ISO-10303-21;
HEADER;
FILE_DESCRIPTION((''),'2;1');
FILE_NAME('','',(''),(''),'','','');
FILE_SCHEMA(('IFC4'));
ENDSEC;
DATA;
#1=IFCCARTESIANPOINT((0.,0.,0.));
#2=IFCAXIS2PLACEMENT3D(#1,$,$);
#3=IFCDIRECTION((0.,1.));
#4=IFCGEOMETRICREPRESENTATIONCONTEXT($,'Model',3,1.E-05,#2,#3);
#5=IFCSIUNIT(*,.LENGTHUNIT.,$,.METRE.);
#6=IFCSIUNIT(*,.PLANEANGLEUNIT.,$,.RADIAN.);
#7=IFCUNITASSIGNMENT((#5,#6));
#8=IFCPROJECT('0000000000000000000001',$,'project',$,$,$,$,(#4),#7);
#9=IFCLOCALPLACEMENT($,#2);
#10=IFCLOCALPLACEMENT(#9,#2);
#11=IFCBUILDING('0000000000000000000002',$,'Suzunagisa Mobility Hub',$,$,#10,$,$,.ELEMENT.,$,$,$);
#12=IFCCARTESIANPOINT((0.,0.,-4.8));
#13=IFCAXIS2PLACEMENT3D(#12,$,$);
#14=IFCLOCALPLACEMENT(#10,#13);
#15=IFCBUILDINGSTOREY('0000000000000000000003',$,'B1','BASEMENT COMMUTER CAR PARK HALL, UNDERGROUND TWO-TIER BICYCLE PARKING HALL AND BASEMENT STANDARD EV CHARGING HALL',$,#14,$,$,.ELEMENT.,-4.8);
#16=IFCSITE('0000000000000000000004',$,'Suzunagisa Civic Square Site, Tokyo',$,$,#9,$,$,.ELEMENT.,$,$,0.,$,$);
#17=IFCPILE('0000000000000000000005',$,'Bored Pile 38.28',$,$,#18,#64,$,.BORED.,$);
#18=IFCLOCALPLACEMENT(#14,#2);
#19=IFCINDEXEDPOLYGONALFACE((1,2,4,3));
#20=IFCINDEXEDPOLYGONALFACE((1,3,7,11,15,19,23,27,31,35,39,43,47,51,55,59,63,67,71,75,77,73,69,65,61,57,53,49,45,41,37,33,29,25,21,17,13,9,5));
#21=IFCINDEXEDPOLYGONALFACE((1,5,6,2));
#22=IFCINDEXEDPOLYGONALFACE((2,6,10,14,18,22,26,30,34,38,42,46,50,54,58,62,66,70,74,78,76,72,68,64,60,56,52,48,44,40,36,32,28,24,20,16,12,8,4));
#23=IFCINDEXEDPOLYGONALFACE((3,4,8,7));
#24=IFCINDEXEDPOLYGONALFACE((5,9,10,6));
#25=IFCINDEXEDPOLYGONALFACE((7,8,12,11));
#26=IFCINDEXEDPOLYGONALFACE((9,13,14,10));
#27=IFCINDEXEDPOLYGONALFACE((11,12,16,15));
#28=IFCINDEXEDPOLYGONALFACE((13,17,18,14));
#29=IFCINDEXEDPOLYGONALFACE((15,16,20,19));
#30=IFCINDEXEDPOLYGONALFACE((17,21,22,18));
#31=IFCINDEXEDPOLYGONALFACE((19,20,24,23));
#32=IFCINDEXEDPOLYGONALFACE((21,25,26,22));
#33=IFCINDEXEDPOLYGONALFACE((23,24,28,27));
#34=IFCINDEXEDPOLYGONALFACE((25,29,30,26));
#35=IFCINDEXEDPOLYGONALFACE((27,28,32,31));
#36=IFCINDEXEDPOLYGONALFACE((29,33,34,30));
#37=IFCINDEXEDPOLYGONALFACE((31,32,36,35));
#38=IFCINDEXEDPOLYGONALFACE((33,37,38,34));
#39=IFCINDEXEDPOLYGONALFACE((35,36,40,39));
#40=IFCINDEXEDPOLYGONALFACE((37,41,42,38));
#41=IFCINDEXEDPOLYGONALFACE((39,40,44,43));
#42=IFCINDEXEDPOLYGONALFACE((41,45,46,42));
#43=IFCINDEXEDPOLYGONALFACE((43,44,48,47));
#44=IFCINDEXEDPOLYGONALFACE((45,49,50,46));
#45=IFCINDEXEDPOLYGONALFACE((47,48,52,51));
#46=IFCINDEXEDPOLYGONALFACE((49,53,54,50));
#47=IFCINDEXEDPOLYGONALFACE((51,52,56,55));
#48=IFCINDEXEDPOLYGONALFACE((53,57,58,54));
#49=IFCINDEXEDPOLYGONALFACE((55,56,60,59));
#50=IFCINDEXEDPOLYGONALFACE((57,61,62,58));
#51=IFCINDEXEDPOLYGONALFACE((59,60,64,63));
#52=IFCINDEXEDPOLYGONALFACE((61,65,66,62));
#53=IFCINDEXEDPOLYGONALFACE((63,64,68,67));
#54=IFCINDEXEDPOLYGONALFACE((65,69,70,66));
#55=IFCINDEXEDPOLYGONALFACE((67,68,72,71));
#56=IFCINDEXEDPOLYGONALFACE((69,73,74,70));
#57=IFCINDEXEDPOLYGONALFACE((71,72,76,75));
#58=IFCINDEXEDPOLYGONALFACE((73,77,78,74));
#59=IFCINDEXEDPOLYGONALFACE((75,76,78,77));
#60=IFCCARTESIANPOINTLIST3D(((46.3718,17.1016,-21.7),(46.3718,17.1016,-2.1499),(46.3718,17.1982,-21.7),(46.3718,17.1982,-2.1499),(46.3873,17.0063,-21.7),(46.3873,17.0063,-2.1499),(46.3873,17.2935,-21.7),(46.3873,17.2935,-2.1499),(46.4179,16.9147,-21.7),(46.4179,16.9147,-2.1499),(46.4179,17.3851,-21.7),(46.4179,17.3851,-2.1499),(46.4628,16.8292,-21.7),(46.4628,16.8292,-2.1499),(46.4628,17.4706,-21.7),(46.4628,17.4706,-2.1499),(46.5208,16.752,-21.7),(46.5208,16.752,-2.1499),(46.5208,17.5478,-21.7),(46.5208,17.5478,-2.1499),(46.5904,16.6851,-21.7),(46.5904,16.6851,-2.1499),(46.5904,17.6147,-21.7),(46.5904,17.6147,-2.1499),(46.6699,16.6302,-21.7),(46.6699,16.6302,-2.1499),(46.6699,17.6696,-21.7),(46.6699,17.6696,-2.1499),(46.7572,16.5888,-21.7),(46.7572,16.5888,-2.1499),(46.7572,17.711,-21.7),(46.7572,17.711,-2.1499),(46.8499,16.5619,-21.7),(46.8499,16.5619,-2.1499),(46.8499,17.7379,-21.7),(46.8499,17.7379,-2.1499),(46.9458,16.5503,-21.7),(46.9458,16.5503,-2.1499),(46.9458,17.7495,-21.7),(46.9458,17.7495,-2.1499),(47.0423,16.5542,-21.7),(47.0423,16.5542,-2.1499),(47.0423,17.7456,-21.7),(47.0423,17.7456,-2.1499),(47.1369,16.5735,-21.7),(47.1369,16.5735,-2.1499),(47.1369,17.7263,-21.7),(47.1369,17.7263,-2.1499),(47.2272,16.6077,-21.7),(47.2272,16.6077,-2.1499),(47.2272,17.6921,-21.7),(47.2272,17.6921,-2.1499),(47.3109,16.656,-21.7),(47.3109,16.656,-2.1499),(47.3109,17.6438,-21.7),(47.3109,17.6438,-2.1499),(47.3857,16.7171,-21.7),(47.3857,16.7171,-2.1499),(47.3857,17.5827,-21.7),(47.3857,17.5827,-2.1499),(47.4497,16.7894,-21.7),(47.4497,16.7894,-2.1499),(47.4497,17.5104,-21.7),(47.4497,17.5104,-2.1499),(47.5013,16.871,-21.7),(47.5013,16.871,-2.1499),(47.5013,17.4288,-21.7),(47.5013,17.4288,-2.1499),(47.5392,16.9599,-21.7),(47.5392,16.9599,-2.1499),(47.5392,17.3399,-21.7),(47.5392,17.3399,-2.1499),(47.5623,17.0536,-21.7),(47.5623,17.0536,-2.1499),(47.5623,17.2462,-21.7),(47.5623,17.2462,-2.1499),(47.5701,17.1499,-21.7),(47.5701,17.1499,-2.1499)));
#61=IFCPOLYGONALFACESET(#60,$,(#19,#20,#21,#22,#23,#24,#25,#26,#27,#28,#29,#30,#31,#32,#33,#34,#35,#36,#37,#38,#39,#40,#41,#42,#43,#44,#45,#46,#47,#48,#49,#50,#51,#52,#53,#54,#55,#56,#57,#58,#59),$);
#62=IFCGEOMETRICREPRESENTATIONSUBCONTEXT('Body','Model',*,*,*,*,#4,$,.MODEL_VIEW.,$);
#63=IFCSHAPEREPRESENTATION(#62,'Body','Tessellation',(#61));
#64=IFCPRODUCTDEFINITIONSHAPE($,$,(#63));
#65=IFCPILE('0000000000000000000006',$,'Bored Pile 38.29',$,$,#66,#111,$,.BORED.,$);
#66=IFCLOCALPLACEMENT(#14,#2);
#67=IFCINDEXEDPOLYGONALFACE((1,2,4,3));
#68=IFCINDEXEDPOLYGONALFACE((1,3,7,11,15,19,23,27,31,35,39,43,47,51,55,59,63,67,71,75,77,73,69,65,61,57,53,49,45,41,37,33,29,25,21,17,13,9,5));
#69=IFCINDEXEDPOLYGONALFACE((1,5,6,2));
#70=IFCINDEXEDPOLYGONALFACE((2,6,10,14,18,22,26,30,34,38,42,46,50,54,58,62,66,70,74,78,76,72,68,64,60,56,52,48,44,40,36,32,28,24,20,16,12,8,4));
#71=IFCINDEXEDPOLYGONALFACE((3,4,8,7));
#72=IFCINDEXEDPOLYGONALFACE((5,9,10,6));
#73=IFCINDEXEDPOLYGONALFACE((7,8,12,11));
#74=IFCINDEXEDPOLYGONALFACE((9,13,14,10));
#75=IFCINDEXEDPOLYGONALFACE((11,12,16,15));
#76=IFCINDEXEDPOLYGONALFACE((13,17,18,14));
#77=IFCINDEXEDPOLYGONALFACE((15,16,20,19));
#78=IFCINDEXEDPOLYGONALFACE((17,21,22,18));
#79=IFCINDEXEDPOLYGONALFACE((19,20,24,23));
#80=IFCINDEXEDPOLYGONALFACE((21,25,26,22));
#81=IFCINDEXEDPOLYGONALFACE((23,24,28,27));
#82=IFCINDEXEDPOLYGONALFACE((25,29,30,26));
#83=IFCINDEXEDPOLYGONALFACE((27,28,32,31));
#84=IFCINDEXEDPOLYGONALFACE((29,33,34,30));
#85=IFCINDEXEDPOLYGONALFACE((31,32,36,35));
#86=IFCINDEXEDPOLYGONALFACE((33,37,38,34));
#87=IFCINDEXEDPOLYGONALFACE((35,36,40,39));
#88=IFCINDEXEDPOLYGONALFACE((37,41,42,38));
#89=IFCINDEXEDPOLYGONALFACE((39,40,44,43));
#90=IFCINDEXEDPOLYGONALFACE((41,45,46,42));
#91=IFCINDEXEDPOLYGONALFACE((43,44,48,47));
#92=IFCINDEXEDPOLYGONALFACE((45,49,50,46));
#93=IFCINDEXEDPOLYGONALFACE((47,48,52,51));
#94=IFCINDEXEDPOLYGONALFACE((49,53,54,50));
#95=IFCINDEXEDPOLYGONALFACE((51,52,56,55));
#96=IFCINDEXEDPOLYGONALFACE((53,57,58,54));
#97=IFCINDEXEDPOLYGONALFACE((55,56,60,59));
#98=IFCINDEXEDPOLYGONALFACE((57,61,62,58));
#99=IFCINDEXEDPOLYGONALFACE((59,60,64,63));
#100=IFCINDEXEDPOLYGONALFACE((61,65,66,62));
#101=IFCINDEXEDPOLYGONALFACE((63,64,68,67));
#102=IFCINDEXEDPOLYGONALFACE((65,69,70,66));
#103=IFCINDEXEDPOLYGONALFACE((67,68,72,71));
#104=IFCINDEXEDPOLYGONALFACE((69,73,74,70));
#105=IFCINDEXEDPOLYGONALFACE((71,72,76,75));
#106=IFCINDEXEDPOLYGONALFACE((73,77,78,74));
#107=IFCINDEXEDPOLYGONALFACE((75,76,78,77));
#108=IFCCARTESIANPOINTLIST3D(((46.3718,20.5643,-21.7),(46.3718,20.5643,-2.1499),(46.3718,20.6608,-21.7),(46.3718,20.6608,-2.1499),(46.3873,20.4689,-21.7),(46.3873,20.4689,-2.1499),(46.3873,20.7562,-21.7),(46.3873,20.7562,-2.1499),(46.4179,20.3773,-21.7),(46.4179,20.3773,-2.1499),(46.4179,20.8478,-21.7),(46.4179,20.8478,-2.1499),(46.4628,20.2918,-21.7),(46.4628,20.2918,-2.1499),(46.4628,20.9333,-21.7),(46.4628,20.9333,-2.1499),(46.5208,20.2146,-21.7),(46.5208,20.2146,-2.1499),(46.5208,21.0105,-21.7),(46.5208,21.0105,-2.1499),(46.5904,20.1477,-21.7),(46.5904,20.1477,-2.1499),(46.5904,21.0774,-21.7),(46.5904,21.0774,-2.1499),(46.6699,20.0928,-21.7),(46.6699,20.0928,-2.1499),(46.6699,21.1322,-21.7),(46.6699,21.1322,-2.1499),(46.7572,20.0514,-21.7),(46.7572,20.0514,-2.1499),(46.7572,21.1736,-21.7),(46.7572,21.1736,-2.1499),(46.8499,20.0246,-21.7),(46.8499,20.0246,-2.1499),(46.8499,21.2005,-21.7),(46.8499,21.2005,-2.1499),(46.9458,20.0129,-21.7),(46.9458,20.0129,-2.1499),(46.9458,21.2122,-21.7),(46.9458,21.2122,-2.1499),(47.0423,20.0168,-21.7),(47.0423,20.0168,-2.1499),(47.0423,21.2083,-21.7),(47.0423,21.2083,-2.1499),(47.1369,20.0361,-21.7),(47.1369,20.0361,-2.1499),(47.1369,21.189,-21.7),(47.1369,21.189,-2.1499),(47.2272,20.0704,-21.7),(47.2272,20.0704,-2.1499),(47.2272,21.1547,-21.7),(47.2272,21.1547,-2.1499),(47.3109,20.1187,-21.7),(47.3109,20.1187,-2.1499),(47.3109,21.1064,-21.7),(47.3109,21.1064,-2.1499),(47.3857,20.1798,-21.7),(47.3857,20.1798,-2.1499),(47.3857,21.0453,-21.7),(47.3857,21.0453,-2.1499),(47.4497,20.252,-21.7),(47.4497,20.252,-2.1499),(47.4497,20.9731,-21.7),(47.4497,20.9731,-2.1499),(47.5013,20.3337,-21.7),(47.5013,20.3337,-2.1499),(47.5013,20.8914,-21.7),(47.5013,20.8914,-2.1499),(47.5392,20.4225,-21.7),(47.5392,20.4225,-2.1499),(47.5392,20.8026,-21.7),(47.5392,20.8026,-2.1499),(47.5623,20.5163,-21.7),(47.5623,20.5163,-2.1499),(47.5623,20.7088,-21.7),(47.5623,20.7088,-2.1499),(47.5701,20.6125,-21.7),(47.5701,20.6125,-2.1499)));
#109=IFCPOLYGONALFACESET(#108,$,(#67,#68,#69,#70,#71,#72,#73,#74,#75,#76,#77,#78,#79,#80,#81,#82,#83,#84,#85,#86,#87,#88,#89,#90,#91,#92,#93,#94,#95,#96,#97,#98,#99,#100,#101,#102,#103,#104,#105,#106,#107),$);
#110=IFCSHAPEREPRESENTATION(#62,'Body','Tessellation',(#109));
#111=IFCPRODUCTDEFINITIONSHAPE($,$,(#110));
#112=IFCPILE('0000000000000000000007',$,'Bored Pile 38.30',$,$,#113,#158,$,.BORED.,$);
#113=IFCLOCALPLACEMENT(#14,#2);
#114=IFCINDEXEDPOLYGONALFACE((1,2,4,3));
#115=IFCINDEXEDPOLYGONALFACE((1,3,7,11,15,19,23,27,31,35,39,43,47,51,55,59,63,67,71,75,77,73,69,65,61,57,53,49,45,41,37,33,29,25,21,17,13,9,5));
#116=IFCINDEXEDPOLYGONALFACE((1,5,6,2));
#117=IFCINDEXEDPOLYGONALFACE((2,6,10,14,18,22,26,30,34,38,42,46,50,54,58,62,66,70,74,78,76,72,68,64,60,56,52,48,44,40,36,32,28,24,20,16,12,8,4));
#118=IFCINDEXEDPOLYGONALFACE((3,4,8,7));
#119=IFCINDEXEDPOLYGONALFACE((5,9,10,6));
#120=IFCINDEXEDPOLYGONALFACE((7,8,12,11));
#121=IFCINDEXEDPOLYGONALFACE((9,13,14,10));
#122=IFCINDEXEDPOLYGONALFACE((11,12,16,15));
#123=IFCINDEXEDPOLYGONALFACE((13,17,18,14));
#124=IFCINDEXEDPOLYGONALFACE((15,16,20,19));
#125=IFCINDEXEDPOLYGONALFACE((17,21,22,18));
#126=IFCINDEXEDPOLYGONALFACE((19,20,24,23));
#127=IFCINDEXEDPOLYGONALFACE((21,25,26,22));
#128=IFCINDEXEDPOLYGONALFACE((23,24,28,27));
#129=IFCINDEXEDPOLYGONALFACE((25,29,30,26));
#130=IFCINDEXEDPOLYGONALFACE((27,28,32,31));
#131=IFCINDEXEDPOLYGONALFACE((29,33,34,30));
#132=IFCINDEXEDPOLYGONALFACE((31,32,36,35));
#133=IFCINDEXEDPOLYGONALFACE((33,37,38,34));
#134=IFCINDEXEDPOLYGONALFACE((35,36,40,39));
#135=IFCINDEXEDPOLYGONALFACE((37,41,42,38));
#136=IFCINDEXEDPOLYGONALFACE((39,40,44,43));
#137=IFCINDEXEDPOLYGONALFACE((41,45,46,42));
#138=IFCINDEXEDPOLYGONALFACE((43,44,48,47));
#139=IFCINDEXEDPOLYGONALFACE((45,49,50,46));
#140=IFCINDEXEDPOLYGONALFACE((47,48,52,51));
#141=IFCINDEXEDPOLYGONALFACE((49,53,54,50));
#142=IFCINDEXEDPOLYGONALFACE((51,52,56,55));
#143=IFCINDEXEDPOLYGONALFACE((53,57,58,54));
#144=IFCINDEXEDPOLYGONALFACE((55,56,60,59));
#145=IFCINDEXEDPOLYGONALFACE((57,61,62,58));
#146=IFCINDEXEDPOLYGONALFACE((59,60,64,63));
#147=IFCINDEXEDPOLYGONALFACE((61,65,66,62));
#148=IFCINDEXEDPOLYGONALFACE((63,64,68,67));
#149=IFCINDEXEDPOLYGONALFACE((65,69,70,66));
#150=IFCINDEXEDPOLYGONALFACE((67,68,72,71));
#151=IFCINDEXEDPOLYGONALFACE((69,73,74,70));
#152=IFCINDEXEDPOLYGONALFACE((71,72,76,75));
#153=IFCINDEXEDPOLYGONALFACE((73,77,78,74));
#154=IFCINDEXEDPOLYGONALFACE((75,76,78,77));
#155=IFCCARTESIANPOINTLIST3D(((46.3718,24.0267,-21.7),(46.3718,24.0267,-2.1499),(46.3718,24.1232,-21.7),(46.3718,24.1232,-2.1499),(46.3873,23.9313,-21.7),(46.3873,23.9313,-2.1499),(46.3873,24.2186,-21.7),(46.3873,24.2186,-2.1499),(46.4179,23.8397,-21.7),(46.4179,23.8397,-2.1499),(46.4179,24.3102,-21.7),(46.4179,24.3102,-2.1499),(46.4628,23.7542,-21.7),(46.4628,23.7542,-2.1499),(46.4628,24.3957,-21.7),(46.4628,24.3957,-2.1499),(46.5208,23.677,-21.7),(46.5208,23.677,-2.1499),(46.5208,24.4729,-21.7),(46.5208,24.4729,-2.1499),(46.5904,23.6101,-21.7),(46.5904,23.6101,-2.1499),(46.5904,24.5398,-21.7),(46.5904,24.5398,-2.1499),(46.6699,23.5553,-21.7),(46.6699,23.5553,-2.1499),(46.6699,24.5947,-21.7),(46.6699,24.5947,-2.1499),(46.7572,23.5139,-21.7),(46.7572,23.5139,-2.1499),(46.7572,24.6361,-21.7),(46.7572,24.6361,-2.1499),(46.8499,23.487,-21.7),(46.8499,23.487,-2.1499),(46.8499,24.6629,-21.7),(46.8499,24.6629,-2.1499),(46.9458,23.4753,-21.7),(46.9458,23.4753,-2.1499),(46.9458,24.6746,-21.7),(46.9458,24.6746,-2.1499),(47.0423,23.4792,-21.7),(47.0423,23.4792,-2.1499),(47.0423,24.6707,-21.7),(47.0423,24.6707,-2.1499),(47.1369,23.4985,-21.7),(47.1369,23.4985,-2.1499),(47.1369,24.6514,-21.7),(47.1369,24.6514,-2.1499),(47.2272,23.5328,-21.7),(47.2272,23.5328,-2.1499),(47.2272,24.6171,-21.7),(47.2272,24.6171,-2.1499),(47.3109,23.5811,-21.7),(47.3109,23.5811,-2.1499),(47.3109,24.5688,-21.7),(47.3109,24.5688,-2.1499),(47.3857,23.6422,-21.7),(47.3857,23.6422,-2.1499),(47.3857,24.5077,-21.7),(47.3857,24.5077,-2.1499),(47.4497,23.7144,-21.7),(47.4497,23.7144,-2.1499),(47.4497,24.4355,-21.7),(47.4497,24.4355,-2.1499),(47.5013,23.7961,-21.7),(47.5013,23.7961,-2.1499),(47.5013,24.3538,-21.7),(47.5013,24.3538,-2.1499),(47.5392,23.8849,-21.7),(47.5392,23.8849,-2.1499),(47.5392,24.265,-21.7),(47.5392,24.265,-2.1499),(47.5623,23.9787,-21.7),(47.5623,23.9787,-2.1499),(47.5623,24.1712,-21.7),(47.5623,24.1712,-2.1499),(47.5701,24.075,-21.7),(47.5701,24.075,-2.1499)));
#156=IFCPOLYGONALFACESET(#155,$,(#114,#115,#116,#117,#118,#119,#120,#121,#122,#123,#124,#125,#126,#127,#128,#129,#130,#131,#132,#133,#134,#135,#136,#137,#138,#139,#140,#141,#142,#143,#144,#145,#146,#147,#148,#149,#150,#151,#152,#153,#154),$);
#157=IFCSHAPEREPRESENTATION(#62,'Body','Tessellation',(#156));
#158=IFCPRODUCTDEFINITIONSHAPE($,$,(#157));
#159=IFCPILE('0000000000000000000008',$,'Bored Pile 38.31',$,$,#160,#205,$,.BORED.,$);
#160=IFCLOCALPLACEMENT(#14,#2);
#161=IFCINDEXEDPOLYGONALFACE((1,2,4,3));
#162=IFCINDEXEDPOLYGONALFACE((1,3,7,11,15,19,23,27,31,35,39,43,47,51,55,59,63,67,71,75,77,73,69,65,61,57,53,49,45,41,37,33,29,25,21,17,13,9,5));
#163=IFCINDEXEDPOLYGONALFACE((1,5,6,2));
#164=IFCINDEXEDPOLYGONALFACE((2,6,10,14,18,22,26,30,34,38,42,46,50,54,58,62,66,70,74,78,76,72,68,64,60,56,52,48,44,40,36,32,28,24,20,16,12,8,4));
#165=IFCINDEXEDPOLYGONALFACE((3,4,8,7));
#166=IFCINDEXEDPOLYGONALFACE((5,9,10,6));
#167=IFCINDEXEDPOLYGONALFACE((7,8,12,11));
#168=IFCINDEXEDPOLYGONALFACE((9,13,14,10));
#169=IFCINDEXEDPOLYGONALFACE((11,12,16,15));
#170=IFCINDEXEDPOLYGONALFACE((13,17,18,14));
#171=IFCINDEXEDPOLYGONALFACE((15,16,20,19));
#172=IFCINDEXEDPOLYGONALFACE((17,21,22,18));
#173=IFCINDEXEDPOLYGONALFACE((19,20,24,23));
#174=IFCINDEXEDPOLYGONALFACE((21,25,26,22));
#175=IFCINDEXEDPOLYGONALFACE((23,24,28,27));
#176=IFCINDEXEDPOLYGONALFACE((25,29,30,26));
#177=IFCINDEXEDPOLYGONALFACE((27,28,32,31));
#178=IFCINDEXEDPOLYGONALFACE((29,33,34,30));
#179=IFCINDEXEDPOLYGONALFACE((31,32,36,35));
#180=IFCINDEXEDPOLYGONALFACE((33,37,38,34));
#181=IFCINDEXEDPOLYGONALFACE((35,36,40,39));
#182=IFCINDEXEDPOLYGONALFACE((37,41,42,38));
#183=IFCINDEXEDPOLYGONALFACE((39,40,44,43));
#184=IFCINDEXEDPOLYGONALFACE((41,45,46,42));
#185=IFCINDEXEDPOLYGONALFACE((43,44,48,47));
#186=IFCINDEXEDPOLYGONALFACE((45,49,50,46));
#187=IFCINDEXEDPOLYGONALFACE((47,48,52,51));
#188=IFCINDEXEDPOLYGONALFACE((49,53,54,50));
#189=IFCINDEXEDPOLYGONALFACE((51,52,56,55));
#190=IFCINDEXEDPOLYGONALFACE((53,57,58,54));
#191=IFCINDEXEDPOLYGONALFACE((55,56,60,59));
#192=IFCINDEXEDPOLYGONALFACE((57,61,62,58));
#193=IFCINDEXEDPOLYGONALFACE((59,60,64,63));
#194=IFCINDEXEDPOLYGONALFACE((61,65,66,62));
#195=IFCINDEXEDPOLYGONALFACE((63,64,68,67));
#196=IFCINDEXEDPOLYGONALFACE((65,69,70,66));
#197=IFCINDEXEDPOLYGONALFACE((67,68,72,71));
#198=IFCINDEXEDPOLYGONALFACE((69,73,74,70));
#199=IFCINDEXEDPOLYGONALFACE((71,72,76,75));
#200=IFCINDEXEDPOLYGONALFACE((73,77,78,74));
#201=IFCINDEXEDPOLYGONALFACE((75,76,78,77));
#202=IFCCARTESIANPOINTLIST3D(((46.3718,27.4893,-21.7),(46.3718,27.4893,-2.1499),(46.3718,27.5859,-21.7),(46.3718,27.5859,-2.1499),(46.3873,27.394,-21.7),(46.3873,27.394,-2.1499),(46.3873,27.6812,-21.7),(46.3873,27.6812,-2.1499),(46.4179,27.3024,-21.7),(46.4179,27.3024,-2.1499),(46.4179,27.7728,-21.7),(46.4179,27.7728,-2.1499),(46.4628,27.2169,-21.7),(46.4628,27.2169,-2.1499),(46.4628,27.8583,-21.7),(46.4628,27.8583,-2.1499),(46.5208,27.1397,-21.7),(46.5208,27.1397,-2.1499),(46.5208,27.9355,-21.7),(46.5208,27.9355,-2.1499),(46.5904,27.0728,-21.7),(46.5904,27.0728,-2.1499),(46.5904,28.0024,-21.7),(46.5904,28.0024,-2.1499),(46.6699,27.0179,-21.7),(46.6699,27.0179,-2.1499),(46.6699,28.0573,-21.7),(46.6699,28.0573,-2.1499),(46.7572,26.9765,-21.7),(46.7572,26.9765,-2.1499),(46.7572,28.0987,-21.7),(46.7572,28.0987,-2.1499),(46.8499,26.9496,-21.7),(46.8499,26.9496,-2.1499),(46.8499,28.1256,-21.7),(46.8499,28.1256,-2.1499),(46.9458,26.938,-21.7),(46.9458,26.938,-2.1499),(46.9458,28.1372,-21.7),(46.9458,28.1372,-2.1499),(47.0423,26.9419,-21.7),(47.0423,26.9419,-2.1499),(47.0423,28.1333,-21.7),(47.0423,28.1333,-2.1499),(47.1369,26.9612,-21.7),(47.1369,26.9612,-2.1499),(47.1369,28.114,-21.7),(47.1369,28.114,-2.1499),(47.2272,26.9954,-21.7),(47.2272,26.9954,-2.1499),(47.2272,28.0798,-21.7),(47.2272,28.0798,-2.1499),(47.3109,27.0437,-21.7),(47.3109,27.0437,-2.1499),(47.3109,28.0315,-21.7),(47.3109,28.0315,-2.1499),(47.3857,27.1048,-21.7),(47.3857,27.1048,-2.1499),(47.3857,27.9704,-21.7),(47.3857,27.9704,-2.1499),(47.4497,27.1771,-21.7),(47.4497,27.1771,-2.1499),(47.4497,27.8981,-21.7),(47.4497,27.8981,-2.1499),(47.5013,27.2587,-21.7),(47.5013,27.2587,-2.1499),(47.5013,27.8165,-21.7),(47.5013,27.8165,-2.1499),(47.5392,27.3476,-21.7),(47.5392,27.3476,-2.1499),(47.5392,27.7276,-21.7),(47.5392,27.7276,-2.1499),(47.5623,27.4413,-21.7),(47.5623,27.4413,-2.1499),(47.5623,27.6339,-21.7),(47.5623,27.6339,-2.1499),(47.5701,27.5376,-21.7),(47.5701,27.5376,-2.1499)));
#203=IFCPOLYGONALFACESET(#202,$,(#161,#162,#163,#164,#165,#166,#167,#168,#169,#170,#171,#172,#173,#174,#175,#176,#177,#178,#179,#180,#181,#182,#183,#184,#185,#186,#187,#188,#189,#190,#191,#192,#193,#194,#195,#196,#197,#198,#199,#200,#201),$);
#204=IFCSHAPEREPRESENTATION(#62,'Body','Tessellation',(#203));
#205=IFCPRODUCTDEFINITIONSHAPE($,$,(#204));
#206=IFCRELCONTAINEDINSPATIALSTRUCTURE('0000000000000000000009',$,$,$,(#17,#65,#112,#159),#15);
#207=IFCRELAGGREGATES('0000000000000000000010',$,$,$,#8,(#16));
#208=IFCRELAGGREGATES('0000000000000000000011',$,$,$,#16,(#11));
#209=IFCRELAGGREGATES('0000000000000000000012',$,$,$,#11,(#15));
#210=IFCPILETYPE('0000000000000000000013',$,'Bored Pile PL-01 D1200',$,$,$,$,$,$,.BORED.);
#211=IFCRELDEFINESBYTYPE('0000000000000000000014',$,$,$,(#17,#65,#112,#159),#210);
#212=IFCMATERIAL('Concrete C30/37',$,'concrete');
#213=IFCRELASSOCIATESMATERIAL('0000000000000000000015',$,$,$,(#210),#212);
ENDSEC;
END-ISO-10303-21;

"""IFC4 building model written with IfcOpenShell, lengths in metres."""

from ifc_helpers import new_model, si_unit, direction, frame, origin, origin_2d, place, context, subcontext, project, spatial, circle, extrude, material, material_profile, profile_set, type_object, element, save


model = new_model("IFC4")

# Units and contexts
model_context = context("Model", 3, precision=1e-05, world=origin(), true_north=direction((0.0, 1.0)))
body_context = subcontext(model_context, "Body", "Model", "MODEL_VIEW")
ifc_project = project(units=[si_unit("LENGTHUNIT", "METRE"), si_unit("PLANEANGLEUNIT", "RADIAN")], contexts=[model_context])

# Site, building, storey
site_placement = place(None, origin())
site = spatial("IfcSite", under=ifc_project, at=site_placement, Name="Suzunagisa Civic Square Site, Tokyo", CompositionType="ELEMENT", RefElevation=0.0)
building_placement = place(site_placement, origin())
building = spatial("IfcBuilding", under=site, at=building_placement, Name="Suzunagisa Mobility Hub", CompositionType="ELEMENT")
storey_placement = place(building_placement, frame((0.0, 0.0, -4.8)))
storey = spatial("IfcBuildingStorey", under=building, at=storey_placement, Name="B1", Description="BASEMENT COMMUTER CAR PARK HALL, UNDERGROUND TWO-TIER BICYCLE PARKING HALL AND BASEMENT STANDARD EV CHARGING HALL", CompositionType="ELEMENT", Elevation=-4.8)

# Piles
ifc_material_1 = material(Name="Concrete C30/37", Category="concrete")
ifc_material_profile_1 = material_profile(ifc_material_1, circle(Radius=0.6001, at=origin_2d()), Name="BORED PILE D1200")
ifc_profile_set_1 = profile_set([ifc_material_profile_1], Name="Concrete C30/37")
pile_type = type_object("IfcPileType", Name="Bored Pile PL-01 D1200", PredefinedType="BORED", material=ifc_profile_set_1)
for number, where, z_axis, x_axis, name in (
    (1, (46.97, 17.1499, -2.1499), (0.0, 0.0, -1.0), (1.0, 0.0, 0.0), "Bored Pile 38.28"),
    (2, (46.97, 20.6125, -2.1499), (0.0, 0.0, -1.0), (1.0, 0.0, 0.0), "Bored Pile 38.29"),
    (3, (46.97, 24.075, -2.1499), (0.0, 0.0, -1.0), (1.0, 0.0, 0.0), "Bored Pile 38.30"),
    (4, (46.97, 27.5376, -2.1499), (0.0, 0.0, -1.0), (1.0, 0.0, 0.0), "Bored Pile 38.31"),
):
    element("IfcPile", number, at=place(storey_placement, frame(where, z_axis=z_axis, x_axis=x_axis)), inside=storey, type_object=pile_type, Name=name, PredefinedType="BORED", context=body_context, shape_type="SweptSolid", body=[
        extrude(circle(Radius=0.6001, at=origin_2d()), origin(), (0.0, 0.0, 1.0), 19.55),
    ])

save(model, "model.ifc")
